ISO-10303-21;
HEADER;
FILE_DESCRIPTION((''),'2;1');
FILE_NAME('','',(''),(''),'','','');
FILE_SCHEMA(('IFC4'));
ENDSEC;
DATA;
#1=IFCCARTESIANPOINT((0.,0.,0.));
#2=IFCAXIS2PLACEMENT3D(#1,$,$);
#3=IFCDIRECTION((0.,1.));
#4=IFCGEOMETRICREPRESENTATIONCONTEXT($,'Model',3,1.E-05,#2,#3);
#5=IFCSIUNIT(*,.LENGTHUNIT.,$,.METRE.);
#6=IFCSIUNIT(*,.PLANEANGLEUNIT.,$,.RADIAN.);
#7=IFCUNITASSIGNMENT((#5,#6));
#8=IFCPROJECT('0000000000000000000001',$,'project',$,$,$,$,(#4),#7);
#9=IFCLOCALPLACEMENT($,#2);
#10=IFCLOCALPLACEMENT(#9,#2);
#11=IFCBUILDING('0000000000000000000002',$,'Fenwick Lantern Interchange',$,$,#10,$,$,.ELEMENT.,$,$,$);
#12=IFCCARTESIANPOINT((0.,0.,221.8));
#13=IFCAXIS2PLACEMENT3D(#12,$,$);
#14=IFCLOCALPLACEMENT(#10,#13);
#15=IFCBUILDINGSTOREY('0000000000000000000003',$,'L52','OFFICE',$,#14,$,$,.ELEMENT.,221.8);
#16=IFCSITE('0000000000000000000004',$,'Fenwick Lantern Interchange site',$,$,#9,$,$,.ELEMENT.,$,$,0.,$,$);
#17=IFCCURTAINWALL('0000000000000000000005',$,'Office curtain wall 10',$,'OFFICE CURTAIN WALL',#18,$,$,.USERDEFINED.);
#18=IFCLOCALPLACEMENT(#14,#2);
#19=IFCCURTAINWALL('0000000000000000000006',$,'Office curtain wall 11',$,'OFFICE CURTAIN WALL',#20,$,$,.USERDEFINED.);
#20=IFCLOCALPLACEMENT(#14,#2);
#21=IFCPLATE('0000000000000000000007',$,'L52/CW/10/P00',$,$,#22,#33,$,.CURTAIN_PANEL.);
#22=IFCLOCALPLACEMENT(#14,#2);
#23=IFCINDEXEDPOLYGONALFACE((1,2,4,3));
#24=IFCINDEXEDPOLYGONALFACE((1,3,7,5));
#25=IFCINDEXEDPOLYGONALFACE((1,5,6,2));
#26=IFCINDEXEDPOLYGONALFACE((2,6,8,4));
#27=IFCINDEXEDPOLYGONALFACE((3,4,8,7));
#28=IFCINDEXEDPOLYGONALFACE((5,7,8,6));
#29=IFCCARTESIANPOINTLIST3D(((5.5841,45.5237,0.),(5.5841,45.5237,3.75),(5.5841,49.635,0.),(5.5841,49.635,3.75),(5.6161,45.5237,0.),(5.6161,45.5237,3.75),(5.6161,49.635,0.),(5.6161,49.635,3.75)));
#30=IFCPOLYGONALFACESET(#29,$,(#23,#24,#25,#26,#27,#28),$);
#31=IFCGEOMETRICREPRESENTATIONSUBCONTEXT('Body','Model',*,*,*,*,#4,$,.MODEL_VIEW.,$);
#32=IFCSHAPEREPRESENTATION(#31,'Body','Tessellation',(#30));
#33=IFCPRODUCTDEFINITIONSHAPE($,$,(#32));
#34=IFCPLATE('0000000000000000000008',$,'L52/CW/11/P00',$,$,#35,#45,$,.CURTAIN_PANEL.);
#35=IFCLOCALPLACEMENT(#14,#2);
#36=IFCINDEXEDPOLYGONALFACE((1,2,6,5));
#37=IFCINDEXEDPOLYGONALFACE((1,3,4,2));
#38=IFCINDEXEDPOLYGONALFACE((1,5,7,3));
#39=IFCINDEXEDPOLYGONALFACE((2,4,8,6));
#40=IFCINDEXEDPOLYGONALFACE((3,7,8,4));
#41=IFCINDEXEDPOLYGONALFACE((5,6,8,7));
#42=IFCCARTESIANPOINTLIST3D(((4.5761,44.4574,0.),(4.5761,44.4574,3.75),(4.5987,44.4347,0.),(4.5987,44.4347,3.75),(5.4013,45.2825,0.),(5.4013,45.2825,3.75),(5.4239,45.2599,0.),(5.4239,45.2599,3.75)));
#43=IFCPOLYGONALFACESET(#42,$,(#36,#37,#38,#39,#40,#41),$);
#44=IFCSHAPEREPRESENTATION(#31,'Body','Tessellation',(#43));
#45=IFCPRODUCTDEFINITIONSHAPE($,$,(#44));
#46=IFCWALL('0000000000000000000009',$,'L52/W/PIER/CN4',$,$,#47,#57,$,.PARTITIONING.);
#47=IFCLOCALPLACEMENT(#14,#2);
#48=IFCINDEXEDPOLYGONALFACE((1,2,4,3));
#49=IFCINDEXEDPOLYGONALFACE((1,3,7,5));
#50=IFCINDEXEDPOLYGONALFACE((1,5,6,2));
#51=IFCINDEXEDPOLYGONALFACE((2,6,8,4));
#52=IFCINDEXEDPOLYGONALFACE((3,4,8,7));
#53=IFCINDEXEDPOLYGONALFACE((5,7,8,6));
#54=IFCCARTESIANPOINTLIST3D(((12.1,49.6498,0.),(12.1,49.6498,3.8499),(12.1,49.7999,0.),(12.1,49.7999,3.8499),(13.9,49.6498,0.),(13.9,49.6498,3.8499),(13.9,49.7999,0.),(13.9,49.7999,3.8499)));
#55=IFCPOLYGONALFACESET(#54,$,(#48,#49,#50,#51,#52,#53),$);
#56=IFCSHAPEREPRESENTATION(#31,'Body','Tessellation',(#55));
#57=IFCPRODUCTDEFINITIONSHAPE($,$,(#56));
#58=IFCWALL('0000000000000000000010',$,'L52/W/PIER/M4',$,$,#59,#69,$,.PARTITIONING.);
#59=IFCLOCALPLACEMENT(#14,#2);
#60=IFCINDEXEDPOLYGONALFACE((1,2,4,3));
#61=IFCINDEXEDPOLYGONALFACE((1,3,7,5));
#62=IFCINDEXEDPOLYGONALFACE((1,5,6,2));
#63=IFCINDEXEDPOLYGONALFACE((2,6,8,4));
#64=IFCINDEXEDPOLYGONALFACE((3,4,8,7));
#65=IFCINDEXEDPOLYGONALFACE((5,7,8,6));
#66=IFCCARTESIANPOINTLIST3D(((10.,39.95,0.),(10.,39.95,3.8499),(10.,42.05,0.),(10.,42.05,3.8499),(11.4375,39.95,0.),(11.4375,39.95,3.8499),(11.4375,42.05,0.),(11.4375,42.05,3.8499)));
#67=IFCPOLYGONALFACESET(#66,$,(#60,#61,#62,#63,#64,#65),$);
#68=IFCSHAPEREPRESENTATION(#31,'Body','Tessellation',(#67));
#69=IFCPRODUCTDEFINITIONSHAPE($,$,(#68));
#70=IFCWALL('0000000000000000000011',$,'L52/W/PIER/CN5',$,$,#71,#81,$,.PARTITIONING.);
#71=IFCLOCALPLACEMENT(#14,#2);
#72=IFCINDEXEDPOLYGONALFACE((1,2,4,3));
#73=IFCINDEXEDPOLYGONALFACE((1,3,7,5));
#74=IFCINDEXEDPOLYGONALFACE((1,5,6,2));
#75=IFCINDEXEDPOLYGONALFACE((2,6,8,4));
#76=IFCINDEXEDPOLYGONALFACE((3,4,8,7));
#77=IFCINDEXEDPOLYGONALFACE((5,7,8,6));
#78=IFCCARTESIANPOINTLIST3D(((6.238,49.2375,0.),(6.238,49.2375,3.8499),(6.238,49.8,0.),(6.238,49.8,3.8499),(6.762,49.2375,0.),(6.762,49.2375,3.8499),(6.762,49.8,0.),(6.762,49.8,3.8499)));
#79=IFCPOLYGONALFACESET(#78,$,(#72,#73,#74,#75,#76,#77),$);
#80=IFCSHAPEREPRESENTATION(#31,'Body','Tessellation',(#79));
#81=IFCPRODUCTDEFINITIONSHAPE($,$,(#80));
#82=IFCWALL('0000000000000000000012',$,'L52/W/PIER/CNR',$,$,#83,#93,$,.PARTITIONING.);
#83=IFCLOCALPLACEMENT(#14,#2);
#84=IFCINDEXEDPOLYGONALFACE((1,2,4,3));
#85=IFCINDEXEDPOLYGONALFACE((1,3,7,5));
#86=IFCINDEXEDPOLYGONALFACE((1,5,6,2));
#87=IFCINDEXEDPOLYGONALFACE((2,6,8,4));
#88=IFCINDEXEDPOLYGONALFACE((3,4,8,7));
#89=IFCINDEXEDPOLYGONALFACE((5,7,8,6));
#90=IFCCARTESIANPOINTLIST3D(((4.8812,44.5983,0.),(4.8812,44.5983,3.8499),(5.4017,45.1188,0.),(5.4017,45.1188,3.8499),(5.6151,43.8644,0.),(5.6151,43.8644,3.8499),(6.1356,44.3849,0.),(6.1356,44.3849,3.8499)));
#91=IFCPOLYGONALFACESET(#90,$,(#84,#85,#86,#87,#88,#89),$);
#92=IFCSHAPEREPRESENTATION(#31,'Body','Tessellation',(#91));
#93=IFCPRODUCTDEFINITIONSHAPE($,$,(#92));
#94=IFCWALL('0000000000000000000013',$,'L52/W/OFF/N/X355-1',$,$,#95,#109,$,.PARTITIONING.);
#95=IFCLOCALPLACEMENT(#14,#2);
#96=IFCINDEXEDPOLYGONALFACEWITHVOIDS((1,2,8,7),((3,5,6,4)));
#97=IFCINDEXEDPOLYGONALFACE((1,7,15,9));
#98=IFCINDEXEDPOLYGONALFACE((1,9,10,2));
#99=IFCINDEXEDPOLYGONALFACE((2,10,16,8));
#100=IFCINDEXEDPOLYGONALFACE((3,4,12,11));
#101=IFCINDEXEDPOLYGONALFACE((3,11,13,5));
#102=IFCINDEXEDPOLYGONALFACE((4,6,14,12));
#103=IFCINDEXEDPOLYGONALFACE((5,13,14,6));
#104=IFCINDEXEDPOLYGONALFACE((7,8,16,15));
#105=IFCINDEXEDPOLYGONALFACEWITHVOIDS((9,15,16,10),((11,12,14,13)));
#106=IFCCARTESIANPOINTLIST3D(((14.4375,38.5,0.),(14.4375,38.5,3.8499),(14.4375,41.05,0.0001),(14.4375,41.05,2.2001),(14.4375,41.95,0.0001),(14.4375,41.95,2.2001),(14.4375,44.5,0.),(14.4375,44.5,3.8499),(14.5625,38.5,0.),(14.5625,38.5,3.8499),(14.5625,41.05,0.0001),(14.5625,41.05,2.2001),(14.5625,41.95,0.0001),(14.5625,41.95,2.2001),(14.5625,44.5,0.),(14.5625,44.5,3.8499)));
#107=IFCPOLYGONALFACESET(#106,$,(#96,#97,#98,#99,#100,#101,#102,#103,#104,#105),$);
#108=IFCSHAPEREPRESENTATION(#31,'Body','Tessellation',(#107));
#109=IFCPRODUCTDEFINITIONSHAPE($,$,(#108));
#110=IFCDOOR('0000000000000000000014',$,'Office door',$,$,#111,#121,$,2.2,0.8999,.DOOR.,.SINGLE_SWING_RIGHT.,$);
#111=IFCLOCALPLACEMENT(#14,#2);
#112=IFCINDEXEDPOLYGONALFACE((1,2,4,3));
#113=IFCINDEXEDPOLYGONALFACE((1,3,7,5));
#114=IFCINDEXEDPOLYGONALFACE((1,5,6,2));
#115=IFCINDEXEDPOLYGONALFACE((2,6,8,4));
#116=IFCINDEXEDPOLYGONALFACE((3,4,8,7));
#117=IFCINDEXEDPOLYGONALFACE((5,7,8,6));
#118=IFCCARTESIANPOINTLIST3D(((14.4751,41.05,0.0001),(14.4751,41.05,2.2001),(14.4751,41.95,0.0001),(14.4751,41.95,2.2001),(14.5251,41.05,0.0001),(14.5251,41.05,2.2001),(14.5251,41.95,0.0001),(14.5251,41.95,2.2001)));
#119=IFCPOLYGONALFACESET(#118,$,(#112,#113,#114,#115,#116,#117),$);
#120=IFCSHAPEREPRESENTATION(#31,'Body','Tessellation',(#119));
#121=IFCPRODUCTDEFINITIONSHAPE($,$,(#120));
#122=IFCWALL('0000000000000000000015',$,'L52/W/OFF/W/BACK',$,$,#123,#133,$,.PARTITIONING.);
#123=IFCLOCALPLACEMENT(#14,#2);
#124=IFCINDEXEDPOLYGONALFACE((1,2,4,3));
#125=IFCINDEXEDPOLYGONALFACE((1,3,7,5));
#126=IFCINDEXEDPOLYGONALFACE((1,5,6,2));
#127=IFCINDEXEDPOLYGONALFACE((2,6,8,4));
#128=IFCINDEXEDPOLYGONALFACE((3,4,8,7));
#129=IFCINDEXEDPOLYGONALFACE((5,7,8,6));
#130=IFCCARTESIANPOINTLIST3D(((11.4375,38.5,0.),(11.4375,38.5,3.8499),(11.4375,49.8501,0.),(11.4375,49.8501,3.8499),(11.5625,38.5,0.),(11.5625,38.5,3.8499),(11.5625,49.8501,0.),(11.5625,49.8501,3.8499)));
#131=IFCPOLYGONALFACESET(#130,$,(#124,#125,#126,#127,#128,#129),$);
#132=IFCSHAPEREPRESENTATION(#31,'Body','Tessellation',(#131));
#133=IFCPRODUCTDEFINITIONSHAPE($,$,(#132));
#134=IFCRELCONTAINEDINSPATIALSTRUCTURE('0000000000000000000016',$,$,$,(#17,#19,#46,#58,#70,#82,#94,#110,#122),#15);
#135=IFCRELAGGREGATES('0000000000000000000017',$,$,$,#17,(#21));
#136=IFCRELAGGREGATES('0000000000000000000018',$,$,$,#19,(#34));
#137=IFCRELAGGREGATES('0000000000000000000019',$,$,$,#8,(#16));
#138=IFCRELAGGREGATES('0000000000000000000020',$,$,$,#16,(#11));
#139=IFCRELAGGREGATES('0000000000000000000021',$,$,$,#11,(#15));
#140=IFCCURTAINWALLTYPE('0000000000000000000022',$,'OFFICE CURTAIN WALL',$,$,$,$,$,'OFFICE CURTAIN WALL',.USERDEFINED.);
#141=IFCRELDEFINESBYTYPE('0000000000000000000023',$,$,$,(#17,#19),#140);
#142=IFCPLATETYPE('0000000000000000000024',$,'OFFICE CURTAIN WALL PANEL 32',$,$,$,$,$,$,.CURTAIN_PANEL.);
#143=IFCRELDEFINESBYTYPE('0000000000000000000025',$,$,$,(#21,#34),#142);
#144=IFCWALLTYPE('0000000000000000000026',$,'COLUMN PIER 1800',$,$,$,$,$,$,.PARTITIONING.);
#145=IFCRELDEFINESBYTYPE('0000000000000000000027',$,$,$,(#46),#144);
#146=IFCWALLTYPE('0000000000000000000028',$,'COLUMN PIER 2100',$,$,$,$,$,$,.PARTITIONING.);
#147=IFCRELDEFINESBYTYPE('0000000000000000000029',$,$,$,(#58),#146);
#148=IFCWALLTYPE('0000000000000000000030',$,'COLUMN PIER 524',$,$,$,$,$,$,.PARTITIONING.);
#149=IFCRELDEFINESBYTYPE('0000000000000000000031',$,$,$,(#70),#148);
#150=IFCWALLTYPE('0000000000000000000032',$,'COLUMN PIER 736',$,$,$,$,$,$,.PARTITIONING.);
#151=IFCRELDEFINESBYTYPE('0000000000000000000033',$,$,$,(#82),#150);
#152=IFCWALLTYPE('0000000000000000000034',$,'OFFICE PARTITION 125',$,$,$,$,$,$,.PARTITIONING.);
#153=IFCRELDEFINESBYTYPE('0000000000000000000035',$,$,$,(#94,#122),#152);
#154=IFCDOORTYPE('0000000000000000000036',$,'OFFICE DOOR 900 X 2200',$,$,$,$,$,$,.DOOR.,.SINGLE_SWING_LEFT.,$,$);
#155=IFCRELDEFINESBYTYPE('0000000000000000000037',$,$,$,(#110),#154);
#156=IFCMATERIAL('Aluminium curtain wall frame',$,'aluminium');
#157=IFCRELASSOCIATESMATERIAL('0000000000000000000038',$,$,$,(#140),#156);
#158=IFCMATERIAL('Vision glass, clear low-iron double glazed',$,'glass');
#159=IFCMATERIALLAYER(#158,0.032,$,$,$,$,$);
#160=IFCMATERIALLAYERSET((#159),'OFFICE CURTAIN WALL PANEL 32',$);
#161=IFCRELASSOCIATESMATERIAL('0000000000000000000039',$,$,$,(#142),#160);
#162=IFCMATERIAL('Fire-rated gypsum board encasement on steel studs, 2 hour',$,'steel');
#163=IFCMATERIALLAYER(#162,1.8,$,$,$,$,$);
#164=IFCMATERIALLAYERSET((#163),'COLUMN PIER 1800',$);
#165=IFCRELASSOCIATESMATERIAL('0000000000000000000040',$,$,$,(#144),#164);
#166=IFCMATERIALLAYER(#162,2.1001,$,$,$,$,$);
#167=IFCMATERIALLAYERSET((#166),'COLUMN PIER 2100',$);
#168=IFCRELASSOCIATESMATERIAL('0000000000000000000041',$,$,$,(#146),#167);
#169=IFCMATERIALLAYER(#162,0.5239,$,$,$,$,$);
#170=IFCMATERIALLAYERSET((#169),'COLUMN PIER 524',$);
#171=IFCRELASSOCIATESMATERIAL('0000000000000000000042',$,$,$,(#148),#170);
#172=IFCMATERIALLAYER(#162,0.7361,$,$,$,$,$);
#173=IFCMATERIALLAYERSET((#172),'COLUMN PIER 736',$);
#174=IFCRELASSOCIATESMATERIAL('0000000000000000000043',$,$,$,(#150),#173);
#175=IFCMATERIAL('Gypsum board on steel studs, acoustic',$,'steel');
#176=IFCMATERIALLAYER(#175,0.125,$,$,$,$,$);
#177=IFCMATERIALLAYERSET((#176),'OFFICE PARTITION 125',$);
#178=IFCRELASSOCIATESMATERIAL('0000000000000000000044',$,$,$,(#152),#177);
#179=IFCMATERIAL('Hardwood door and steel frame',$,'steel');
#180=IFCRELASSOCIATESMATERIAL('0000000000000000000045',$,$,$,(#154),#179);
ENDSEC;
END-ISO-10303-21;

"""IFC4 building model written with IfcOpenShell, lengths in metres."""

from ifc_helpers import new_model, si_unit, direction, frame, frame_2d, origin, origin_2d, place, context, subcontext, project, spatial, rectangle, extrude, material, layer, layer_set, type_object, element, fill, aggregate, save


model = new_model("IFC4")

# Units and contexts
model_context = context("Model", 3, precision=1e-05, world=origin(), true_north=direction((0.0, 1.0)))
body_context = subcontext(model_context, "Body", "Model", "MODEL_VIEW")
ifc_project = project(units=[si_unit("LENGTHUNIT", "METRE"), si_unit("PLANEANGLEUNIT", "RADIAN")], contexts=[model_context])

# Site, building, storey
site_placement = place(None, origin())
site = spatial("IfcSite", under=ifc_project, at=site_placement, Name="Fenwick Lantern Interchange site", CompositionType="ELEMENT", RefElevation=0.0)
building_placement = place(site_placement, origin())
building = spatial("IfcBuilding", under=site, at=building_placement, Name="Fenwick Lantern Interchange", CompositionType="ELEMENT")
storey_placement = place(building_placement, frame((0.0, 0.0, 221.8)))
storey = spatial("IfcBuildingStorey", under=building, at=storey_placement, Name="L52", Description="OFFICE", CompositionType="ELEMENT", Elevation=221.8)

# Curtain walls
ifc_material_1 = material(Name="Aluminium curtain wall frame", Category="aluminium")
curtain_wall_type = type_object("IfcCurtainWallType", Name="OFFICE CURTAIN WALL", ElementType="OFFICE CURTAIN WALL", PredefinedType="USERDEFINED", material=ifc_material_1)
curtain_wall_1_placement = place(storey_placement, origin())
curtain_wall_1 = element("IfcCurtainWall", 1, at=curtain_wall_1_placement, inside=storey, type_object=curtain_wall_type, Name="Office curtain wall 10", ObjectType="OFFICE CURTAIN WALL", PredefinedType="USERDEFINED")
curtain_wall_2_placement = place(storey_placement, origin())
curtain_wall_2 = element("IfcCurtainWall", 2, at=curtain_wall_2_placement, inside=storey, type_object=curtain_wall_type, Name="Office curtain wall 11", ObjectType="OFFICE CURTAIN WALL", PredefinedType="USERDEFINED")

# Plates
ifc_material_2 = material(Name="Vision glass, clear low-iron double glazed", Category="glass")
ifc_layer_1 = layer(ifc_material_2, 0.032)
ifc_layer_set_1 = layer_set([ifc_layer_1], Name="OFFICE CURTAIN WALL PANEL 32")
plate_type = type_object("IfcPlateType", Name="OFFICE CURTAIN WALL PANEL 32", PredefinedType="CURTAIN_PANEL", material=ifc_layer_set_1)
plate_1_placement = place(storey_placement, frame((5.6001, 47.5793, 0.0), z_axis=(0.0, 0.0, 1.0), x_axis=(0.0, -1.0, 0.0)))
plate_1 = element("IfcPlate", 3, at=plate_1_placement, type_object=plate_type, Name="L52/CW/10/P00", PredefinedType="CURTAIN_PANEL", context=body_context, shape_type="SweptSolid", body=[
    extrude(rectangle(XDim=4.1113, YDim=0.032, at=origin_2d()), origin(), (0.0, 0.0, 1.0), 3.75),
])
aggregate(curtain_wall_1, [plate_1])
plate_2_placement = place(storey_placement, frame((5.0, 44.8586, 0.0), z_axis=(0.0, 0.0, 1.0), x_axis=(-0.707107, -0.707107, 0.0)))
plate_2 = element("IfcPlate", 4, at=plate_2_placement, type_object=plate_type, Name="L52/CW/11/P00", PredefinedType="CURTAIN_PANEL", context=body_context, shape_type="SweptSolid", body=[
    extrude(rectangle(XDim=1.167, YDim=0.032, at=origin_2d()), origin(), (0.0, 0.0, 1.0), 3.75),
])
aggregate(curtain_wall_2, [plate_2])

# Walls
ifc_material_3 = material(Name="Fire-rated gypsum board encasement on steel studs, 2 hour", Category="steel")
ifc_layer_2 = layer(ifc_material_3, 1.8)
ifc_layer_set_2 = layer_set([ifc_layer_2], Name="COLUMN PIER 1800")
wall_type_1 = type_object("IfcWallType", Name="COLUMN PIER 1800", PredefinedType="PARTITIONING", material=ifc_layer_set_2)
wall_1_placement = place(storey_placement, frame((13.0, 49.8, 0.0), z_axis=(0.0, 0.0, 1.0), x_axis=(0.0, -1.0, 0.0)))
element("IfcWall", 5, at=wall_1_placement, inside=storey, type_object=wall_type_1, Name="L52/W/PIER/CN4", PredefinedType="PARTITIONING", context=body_context, shape_type="SweptSolid", body=[
    extrude(rectangle(XDim=0.1501, YDim=1.8, at=frame_2d((0.0752, 0.0))), origin(), (0.0, 0.0, 1.0), 3.8499),
])
ifc_layer_3 = layer(ifc_material_3, 2.1001)
ifc_layer_set_3 = layer_set([ifc_layer_3], Name="COLUMN PIER 2100")
wall_type_2 = type_object("IfcWallType", Name="COLUMN PIER 2100", PredefinedType="PARTITIONING", material=ifc_layer_set_3)
wall_2_placement = place(storey_placement, frame((11.4375, 41.0, 0.0), z_axis=(0.0, 0.0, 1.0), x_axis=(-1.0, 0.0, 0.0)))
element("IfcWall", 6, at=wall_2_placement, inside=storey, type_object=wall_type_2, Name="L52/W/PIER/M4", PredefinedType="PARTITIONING", context=body_context, shape_type="SweptSolid", body=[
    extrude(rectangle(XDim=1.4375, YDim=2.1001, at=frame_2d((0.7188, 0.0))), origin(), (0.0, 0.0, 1.0), 3.8499),
])
ifc_layer_4 = layer(ifc_material_3, 0.5239)
ifc_layer_set_4 = layer_set([ifc_layer_4], Name="COLUMN PIER 524")
wall_type_3 = type_object("IfcWallType", Name="COLUMN PIER 524", PredefinedType="PARTITIONING", material=ifc_layer_set_4)
wall_3_placement = place(storey_placement, frame((6.5, 49.8, 0.0), z_axis=(0.0, 0.0, 1.0), x_axis=(0.0, -1.0, 0.0)))
element("IfcWall", 7, at=wall_3_placement, inside=storey, type_object=wall_type_3, Name="L52/W/PIER/CN5", PredefinedType="PARTITIONING", context=body_context, shape_type="SweptSolid", body=[
    extrude(rectangle(XDim=0.5625, YDim=0.5239, at=frame_2d((0.2812, 0.0))), origin(), (0.0, 0.0, 1.0), 3.8499),
])
ifc_layer_5 = layer(ifc_material_3, 0.7361)
ifc_layer_set_5 = layer_set([ifc_layer_5], Name="COLUMN PIER 736")
wall_type_4 = type_object("IfcWallType", Name="COLUMN PIER 736", PredefinedType="PARTITIONING", material=ifc_layer_set_5)
wall_4_placement = place(storey_placement, frame((5.1414, 44.8586, 0.0), z_axis=(0.0, 0.0, 1.0), x_axis=(0.707107, -0.707107, 0.0)))
element("IfcWall", 8, at=wall_4_placement, inside=storey, type_object=wall_type_4, Name="L52/W/PIER/CNR", PredefinedType="PARTITIONING", context=body_context, shape_type="SweptSolid", body=[
    extrude(rectangle(XDim=1.0378, YDim=0.7361, at=frame_2d((0.519, 0.0))), origin(), (0.0, 0.0, 1.0), 3.8499),
])

# Wall, opening, door
ifc_material_4 = material(Name="Gypsum board on steel studs, acoustic", Category="steel")
ifc_layer_6 = layer(ifc_material_4, 0.125)
ifc_layer_set_6 = layer_set([ifc_layer_6], Name="OFFICE PARTITION 125")
wall_type_5 = type_object("IfcWallType", Name="OFFICE PARTITION 125", PredefinedType="PARTITIONING", material=ifc_layer_set_6)
wall_5_placement = place(storey_placement, frame((14.5, 44.5, 0.0), z_axis=(0.0, 0.0, 1.0), x_axis=(0.0, -1.0, 0.0)))
wall_5 = element("IfcWall", 9, at=wall_5_placement, inside=storey, type_object=wall_type_5, Name="L52/W/OFF/N/X355-1", PredefinedType="PARTITIONING", context=body_context, shape_type="SweptSolid", body=[
    extrude(rectangle(XDim=6.0, YDim=0.125, at=frame_2d((3.0, 0.0))), origin(), (0.0, 0.0, 1.0), 3.8499),
])
opening_placement = place(wall_5_placement, frame((2.55, 0.0, 0.0)))
opening = element("IfcOpeningElement", 10, at=opening_placement, cuts=wall_5, PredefinedType="OPENING", context=body_context, shape_type="SweptSolid", body=[
    extrude(rectangle(XDim=0.8999, YDim=2.2, at=frame_2d((0.45, 1.1001))), frame((0.0, 0.0725, 0.0), z_axis=(0.0, -1.0, 0.0), x_axis=(1.0, 0.0, 0.0)), (0.0, 0.0, 1.0), 0.145),
])
ifc_material_5 = material(Name="Hardwood door and steel frame", Category="steel")
door_type = type_object("IfcDoorType", Name="OFFICE DOOR 900 X 2200", OperationType="SINGLE_SWING_LEFT", PredefinedType="DOOR", material=ifc_material_5)
door_placement = place(opening_placement, frame((0.8999, 0.0, 0.0), z_axis=(0.0, 0.0, 1.0), x_axis=(-1.0, 0.0, 0.0)))
door = element("IfcDoor", 11, at=door_placement, inside=storey, type_object=door_type, Name="Office door", OperationType="SINGLE_SWING_RIGHT", OverallHeight=2.2, OverallWidth=0.8999, PredefinedType="DOOR", context=body_context, shape_type="SweptSolid", body=[
    extrude(rectangle(XDim=0.8999, YDim=2.2, at=frame_2d((0.45, 1.1001))), frame((0.0, 0.0249, 0.0), z_axis=(0.0, -1.0, 0.0), x_axis=(1.0, 0.0, 0.0)), (0.0, 0.0, 1.0), 0.05),
])
fill(opening, door)

# Wall
wall_6_placement = place(storey_placement, frame((11.5, 49.8501, 0.0), z_axis=(0.0, 0.0, 1.0), x_axis=(0.0, -1.0, 0.0)))
element("IfcWall", 12, at=wall_6_placement, inside=storey, type_object=wall_type_5, Name="L52/W/OFF/W/BACK", PredefinedType="PARTITIONING", context=body_context, shape_type="SweptSolid", body=[
    extrude(rectangle(XDim=11.3501, YDim=0.125, at=frame_2d((5.675, 0.0))), origin(), (0.0, 0.0, 1.0), 3.8499),
])

save(model, "model.ifc")
